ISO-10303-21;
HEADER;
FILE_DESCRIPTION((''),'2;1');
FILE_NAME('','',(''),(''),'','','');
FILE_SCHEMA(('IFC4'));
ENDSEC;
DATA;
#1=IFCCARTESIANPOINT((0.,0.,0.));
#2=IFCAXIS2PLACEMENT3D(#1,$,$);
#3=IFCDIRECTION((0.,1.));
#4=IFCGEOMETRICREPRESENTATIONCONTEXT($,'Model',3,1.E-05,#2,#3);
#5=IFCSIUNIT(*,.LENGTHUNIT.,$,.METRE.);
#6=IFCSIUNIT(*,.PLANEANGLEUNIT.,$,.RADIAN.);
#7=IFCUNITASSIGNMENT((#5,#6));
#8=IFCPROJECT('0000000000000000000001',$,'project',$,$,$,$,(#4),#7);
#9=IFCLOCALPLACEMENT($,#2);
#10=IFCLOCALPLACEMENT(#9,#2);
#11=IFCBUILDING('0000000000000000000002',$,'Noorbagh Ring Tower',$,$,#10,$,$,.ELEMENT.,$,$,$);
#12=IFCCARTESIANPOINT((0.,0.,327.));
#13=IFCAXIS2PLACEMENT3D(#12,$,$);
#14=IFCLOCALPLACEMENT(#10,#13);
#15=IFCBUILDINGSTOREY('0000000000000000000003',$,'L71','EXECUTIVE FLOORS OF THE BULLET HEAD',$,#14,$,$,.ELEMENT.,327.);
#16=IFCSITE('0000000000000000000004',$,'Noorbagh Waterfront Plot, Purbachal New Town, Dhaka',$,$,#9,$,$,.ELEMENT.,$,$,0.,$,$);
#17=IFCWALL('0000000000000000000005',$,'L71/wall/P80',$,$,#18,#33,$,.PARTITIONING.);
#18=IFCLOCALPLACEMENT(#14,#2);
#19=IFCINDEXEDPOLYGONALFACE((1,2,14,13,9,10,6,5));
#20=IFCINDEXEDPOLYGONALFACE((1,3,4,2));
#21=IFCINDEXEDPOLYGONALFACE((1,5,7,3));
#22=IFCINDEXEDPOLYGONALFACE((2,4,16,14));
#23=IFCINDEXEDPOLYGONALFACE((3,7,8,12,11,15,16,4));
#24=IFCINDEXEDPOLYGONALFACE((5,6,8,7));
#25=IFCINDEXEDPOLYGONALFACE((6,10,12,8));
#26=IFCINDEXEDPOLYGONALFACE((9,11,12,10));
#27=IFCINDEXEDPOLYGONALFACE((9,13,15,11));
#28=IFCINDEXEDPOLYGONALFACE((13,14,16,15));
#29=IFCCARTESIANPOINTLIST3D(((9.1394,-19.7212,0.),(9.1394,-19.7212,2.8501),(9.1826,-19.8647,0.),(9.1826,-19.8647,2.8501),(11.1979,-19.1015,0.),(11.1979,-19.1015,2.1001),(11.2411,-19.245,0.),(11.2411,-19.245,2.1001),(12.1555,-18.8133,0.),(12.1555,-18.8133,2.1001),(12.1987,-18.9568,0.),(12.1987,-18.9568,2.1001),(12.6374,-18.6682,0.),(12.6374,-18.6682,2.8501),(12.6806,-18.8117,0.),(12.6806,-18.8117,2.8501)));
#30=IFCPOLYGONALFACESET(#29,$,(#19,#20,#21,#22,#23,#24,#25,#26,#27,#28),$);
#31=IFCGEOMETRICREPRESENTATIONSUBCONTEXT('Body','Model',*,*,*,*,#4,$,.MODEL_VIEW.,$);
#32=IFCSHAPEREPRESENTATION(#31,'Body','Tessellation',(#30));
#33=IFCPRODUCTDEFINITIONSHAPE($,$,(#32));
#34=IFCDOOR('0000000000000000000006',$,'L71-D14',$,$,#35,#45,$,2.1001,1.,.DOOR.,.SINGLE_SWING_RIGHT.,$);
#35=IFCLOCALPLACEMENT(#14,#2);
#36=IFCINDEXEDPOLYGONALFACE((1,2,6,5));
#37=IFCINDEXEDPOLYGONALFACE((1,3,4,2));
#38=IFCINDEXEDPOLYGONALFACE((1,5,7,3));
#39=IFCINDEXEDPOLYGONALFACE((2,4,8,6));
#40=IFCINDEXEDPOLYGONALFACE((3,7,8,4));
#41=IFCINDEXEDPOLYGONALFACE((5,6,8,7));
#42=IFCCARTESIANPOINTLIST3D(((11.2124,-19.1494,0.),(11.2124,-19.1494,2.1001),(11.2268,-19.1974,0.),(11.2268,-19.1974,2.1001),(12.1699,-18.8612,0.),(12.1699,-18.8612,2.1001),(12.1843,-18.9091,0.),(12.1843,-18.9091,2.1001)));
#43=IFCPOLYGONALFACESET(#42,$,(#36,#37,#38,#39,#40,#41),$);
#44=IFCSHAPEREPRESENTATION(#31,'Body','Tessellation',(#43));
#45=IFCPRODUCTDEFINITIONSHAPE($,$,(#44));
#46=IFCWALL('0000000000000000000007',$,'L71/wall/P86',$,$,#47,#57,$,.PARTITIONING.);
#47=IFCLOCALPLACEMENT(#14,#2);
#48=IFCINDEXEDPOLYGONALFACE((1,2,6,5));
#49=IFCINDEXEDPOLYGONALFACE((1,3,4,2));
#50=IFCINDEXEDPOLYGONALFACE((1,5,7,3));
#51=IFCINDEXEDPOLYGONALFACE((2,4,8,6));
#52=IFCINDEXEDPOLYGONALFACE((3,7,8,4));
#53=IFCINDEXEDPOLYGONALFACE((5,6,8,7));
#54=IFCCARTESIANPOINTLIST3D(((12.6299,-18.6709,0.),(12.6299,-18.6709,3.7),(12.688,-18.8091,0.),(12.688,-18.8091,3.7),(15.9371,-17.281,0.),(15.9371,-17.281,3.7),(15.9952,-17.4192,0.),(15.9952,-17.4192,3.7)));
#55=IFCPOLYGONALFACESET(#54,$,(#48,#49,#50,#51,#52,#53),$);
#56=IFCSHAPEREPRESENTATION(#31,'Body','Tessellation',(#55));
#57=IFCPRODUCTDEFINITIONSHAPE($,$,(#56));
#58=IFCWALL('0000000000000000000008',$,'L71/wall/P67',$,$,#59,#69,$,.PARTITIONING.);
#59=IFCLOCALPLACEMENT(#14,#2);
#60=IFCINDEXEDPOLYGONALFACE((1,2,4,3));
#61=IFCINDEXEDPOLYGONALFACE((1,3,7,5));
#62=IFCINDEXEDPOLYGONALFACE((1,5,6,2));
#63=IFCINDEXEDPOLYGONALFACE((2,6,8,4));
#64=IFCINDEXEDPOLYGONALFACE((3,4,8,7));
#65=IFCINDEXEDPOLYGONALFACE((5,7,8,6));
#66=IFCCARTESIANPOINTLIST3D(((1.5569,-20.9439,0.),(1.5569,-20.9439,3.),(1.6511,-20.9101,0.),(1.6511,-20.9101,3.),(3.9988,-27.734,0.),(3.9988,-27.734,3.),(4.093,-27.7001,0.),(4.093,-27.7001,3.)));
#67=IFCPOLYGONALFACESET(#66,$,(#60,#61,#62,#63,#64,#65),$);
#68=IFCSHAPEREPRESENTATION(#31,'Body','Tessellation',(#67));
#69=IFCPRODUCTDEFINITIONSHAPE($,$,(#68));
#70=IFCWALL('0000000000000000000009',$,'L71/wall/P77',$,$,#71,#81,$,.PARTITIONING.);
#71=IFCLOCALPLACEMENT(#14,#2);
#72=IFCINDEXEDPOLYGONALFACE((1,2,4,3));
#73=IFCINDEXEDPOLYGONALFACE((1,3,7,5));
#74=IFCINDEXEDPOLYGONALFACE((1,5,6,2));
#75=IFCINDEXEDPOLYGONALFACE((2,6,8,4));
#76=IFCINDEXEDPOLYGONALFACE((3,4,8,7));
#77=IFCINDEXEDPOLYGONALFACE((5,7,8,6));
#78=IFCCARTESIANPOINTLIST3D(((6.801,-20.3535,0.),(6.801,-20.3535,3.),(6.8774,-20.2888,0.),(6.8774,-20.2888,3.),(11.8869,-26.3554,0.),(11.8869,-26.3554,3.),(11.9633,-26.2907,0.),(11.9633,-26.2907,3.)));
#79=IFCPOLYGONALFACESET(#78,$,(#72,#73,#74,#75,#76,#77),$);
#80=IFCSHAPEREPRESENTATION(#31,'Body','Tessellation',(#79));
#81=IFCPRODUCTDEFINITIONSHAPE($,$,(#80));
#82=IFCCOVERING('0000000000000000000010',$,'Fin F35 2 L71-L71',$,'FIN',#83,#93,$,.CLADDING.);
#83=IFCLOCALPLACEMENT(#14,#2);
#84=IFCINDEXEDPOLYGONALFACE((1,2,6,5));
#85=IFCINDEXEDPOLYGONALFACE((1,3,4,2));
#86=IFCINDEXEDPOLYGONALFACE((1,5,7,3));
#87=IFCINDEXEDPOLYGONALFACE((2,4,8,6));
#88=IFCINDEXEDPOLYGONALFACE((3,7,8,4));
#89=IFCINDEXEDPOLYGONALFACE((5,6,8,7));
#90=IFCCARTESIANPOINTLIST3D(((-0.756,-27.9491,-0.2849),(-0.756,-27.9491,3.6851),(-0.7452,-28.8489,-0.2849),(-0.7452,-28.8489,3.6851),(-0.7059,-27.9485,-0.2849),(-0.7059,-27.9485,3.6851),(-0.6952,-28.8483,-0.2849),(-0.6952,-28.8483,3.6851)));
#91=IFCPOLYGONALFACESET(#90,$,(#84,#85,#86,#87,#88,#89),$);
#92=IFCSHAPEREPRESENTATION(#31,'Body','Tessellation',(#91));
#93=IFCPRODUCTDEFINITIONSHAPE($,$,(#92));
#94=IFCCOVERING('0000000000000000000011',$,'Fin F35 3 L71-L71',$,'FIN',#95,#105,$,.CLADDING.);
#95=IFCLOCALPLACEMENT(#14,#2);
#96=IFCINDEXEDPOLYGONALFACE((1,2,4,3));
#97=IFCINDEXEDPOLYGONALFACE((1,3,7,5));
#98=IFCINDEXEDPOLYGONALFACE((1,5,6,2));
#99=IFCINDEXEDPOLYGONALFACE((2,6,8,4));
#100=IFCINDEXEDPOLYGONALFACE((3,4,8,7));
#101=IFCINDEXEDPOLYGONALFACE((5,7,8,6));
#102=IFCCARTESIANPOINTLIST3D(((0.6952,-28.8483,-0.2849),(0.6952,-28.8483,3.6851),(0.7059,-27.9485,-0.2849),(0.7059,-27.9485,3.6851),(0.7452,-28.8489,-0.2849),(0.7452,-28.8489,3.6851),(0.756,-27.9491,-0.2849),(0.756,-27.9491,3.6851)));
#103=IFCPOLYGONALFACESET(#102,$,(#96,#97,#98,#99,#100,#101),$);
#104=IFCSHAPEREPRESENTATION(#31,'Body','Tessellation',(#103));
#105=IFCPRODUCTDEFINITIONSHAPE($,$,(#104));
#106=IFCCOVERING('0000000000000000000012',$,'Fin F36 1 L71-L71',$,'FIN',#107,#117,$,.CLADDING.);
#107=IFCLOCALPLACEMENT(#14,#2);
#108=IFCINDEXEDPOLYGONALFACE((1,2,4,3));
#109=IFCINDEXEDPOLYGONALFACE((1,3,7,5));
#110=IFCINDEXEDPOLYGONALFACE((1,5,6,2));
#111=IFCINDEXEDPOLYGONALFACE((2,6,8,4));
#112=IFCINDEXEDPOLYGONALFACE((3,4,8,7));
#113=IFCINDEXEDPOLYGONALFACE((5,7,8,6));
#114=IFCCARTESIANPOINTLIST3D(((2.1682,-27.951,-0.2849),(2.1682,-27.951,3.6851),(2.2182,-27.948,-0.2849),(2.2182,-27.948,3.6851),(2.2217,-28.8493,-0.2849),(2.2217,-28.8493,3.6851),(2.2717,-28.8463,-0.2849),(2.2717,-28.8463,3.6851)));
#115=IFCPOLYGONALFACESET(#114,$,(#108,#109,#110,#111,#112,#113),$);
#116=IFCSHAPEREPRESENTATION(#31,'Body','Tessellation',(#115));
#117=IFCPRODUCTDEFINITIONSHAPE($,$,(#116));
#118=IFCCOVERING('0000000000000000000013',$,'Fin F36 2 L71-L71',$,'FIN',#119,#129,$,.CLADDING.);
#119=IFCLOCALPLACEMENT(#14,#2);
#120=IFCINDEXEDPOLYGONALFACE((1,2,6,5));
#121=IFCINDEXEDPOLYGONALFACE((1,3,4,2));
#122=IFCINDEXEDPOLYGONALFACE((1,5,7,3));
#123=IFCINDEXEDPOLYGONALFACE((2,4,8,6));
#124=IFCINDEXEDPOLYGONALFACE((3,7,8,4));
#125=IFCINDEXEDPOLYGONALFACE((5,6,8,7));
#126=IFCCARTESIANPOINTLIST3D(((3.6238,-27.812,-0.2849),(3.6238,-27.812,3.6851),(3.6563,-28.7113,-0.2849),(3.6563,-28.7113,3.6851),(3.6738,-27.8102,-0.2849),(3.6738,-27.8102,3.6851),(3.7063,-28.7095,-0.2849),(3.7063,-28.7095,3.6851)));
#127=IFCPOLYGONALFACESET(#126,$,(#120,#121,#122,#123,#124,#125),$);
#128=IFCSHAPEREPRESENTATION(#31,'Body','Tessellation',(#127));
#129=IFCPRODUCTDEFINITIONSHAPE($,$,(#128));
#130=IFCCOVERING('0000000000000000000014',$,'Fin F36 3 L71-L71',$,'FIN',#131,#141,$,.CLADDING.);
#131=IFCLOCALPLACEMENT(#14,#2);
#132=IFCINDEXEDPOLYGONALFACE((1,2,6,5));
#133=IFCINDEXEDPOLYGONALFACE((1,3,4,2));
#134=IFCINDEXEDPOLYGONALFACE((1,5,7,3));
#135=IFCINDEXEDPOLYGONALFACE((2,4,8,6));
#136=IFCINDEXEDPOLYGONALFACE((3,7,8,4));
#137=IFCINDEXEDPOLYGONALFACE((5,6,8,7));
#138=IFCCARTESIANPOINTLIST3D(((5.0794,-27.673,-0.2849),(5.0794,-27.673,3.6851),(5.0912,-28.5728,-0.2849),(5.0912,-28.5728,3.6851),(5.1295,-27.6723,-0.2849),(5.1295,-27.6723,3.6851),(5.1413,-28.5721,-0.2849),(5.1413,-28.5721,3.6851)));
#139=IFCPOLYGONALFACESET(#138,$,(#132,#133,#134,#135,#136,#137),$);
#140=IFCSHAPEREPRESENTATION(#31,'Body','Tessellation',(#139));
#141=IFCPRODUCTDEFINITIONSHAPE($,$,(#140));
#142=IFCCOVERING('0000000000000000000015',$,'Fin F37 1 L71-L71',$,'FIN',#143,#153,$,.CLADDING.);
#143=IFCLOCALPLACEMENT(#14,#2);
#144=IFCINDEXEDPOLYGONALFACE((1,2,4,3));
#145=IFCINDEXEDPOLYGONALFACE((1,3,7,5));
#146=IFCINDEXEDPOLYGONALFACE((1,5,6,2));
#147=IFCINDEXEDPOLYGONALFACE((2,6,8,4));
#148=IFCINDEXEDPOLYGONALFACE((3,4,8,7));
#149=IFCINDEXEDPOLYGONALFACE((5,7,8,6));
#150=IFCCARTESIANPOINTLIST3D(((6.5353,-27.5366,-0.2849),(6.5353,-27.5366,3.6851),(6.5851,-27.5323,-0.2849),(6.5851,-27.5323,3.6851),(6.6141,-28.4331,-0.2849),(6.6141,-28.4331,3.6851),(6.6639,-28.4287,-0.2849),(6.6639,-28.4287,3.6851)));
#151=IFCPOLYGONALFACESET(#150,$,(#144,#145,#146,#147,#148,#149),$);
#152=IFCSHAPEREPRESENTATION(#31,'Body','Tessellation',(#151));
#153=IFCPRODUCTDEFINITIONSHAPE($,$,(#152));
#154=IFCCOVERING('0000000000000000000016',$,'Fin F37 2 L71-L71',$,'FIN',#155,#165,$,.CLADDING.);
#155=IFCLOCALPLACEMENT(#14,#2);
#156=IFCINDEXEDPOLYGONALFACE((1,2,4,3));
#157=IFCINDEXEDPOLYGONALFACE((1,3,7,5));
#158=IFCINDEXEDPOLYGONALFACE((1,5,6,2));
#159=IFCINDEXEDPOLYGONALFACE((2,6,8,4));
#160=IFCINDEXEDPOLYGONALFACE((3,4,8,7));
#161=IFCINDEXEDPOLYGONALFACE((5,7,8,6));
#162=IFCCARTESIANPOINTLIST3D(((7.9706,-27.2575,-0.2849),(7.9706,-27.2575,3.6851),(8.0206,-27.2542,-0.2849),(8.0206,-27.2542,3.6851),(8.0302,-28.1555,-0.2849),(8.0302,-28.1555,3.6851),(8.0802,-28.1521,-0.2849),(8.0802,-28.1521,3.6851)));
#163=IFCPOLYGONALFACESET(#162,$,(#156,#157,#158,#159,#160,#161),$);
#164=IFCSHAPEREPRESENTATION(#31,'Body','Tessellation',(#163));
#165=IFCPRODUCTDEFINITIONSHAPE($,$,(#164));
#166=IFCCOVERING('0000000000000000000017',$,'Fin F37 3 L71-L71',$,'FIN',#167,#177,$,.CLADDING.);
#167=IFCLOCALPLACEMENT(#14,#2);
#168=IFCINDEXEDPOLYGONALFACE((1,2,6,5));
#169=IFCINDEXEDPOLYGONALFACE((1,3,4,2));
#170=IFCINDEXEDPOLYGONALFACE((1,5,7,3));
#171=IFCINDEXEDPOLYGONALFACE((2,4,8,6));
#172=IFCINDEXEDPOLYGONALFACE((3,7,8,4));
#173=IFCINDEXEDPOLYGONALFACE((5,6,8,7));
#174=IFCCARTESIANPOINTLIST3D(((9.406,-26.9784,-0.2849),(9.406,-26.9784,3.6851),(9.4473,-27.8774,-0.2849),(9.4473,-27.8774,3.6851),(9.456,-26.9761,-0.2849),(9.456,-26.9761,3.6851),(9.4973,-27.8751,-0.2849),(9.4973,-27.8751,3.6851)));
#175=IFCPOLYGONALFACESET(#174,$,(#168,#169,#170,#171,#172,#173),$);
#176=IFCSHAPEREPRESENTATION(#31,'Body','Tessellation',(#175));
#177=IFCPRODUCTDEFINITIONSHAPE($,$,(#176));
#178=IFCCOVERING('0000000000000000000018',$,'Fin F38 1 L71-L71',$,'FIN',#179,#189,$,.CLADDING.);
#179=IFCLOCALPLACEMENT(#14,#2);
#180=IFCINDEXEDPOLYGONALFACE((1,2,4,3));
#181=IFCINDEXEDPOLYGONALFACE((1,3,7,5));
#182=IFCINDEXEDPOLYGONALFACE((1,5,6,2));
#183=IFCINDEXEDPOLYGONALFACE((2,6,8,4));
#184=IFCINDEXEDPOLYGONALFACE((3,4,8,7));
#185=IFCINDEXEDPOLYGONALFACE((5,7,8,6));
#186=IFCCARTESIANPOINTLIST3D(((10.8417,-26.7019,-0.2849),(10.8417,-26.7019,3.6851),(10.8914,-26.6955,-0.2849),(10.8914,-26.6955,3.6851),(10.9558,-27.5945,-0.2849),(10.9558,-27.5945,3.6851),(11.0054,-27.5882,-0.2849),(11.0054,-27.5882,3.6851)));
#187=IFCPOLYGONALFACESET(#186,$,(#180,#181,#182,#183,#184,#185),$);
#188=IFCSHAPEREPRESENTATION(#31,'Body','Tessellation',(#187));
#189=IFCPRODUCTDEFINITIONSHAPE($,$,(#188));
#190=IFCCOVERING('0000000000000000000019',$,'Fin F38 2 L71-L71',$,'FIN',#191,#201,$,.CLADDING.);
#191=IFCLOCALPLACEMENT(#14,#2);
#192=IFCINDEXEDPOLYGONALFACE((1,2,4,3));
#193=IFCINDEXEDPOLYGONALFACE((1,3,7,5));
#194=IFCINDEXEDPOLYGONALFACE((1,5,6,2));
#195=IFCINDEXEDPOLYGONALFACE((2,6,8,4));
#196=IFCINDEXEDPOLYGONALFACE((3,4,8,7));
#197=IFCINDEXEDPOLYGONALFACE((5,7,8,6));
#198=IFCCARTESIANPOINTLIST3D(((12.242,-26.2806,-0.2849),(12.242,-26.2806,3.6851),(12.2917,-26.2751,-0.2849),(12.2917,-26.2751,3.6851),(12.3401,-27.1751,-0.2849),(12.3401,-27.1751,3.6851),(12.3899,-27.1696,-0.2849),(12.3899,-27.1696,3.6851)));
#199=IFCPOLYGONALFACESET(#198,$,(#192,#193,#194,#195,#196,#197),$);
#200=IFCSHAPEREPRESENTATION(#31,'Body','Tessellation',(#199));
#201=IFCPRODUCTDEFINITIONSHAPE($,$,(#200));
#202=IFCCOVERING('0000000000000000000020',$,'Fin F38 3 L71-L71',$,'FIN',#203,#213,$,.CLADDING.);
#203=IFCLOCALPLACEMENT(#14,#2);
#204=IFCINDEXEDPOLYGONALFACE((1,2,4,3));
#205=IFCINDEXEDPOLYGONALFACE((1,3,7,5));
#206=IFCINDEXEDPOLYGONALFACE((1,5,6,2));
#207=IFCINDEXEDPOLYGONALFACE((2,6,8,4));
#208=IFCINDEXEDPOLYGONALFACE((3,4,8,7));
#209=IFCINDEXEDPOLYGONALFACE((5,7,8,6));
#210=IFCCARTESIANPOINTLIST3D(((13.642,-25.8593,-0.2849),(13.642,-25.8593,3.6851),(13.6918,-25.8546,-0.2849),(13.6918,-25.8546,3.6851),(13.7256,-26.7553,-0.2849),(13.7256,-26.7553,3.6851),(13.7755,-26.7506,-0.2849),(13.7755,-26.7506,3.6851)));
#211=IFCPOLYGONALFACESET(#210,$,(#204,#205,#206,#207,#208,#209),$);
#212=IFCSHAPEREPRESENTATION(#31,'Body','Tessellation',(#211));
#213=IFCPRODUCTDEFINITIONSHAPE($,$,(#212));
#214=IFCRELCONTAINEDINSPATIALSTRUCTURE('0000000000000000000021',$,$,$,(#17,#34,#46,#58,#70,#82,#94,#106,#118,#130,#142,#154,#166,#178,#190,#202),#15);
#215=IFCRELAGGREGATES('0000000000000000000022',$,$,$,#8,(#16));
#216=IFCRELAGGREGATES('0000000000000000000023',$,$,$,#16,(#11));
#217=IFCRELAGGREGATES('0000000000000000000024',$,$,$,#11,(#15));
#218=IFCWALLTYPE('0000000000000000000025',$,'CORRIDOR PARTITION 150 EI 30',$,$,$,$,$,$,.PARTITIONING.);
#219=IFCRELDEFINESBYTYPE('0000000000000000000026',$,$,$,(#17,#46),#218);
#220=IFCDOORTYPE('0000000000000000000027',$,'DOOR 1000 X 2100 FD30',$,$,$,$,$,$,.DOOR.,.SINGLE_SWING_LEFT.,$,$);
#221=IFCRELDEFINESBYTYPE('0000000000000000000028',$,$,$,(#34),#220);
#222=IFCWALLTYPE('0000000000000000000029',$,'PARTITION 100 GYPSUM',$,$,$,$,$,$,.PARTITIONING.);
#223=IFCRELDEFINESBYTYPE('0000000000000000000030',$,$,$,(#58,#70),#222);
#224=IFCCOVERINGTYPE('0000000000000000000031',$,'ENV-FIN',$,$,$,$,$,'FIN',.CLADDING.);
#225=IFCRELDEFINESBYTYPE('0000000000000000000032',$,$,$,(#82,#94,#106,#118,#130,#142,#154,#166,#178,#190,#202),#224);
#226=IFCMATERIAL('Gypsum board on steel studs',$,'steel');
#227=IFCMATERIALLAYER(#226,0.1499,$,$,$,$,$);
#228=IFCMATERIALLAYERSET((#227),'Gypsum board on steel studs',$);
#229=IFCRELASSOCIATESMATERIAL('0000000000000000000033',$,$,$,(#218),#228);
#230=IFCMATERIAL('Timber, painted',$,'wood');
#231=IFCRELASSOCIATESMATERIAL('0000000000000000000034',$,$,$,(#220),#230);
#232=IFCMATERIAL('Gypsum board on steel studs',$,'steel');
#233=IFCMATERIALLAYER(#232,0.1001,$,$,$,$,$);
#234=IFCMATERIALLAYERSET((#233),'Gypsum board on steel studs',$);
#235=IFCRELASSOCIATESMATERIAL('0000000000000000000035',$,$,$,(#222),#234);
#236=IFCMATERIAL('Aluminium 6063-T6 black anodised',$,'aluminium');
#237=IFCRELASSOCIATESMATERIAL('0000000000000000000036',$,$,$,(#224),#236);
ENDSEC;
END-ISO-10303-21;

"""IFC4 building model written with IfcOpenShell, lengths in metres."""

from ifc_helpers import new_model, si_unit, direction, frame, frame_2d, origin, origin_2d, place, context, subcontext, project, spatial, rectangle, extrude, material, layer, layer_set, material_profile, profile_set, type_object, element, fill, save


model = new_model("IFC4")

# Units and contexts
model_context = context("Model", 3, precision=1e-05, world=origin(), true_north=direction((0.0, 1.0)))
body_context = subcontext(model_context, "Body", "Model", "MODEL_VIEW")
ifc_project = project(units=[si_unit("LENGTHUNIT", "METRE"), si_unit("PLANEANGLEUNIT", "RADIAN")], contexts=[model_context])

# Site, building, storey
site_placement = place(None, origin())
site = spatial("IfcSite", under=ifc_project, at=site_placement, Name="Noorbagh Waterfront Plot, Purbachal New Town, Dhaka", CompositionType="ELEMENT", RefElevation=0.0)
building_placement = place(site_placement, origin())
building = spatial("IfcBuilding", under=site, at=building_placement, Name="Noorbagh Ring Tower", CompositionType="ELEMENT")
storey_placement = place(building_placement, frame((0.0, 0.0, 327.0)))
storey = spatial("IfcBuildingStorey", under=building, at=storey_placement, Name="L71", Description="EXECUTIVE FLOORS OF THE BULLET HEAD", CompositionType="ELEMENT", Elevation=327.0)

# Shared definitions
ifc_material_1 = material(Name="Gypsum board on steel studs", Category="steel")
ifc_layer_1 = layer(ifc_material_1, 0.1499)
ifc_layer_set_1 = layer_set([ifc_layer_1], Name="Gypsum board on steel studs")
wall_type_1 = type_object("IfcWallType", Name="CORRIDOR PARTITION 150 EI 30", PredefinedType="PARTITIONING", material=ifc_layer_set_1)
ifc_material_2 = material(Name="Timber, painted", Category="wood")
door_type = type_object("IfcDoorType", Name="DOOR 1000 X 2100 FD30", OperationType="SINGLE_SWING_LEFT", PredefinedType="DOOR", material=ifc_material_2)

# Wall, opening, door
wall_1_placement = place(storey_placement, frame((9.1609, -19.793, 0.0), z_axis=(0.0, 0.0, 1.0), x_axis=(0.957557, 0.288243, 0.0)))
wall_1 = element("IfcWall", 1, at=wall_1_placement, inside=storey, type_object=wall_type_1, Name="L71/wall/P80", PredefinedType="PARTITIONING", context=body_context, shape_type="SweptSolid", body=[
    extrude(rectangle(XDim=3.6531, YDim=0.1499, at=frame_2d((1.8267, 0.0))), origin(), (0.0, 0.0, 1.0), 2.8501),
])
opening_1_placement = place(wall_1_placement, frame((2.1499, 0.0, 0.0)))
opening_1 = element("IfcOpeningElement", 2, at=opening_1_placement, cuts=wall_1, PredefinedType="OPENING", context=body_context, shape_type="SweptSolid", body=[
    extrude(rectangle(XDim=1.0, YDim=2.1001, at=frame_2d((0.5, 1.05))), frame((0.0, 0.085, 0.0), z_axis=(0.0, -1.0, 0.0), x_axis=(1.0, 0.0, 0.0)), (0.0, 0.0, 1.0), 0.1699),
])
door_1_placement = place(opening_1_placement, origin())
door_1 = element("IfcDoor", 3, at=door_1_placement, inside=storey, type_object=door_type, Name="L71-D14", OperationType="SINGLE_SWING_RIGHT", OverallHeight=2.1001, OverallWidth=1.0, PredefinedType="DOOR", context=body_context, shape_type="SweptSolid", body=[
    extrude(rectangle(XDim=1.0, YDim=2.1001, at=frame_2d((0.5, 1.05))), frame((0.0, 0.0249, 0.0), z_axis=(0.0, -1.0, 0.0), x_axis=(1.0, 0.0, 0.0)), (0.0, 0.0, 1.0), 0.05),
])
fill(opening_1, door_1)

# Walls
wall_2_placement = place(storey_placement, frame((12.6589, -18.74, 0.0), z_axis=(0.0, 0.0, 1.0), x_axis=(0.921893, 0.387445, 0.0)))
element("IfcWall", 4, at=wall_2_placement, inside=storey, type_object=wall_type_1, Name="L71/wall/P86", PredefinedType="PARTITIONING", context=body_context, shape_type="SweptSolid", body=[
    extrude(rectangle(XDim=3.5874, YDim=0.1499, at=frame_2d((1.7937, 0.0))), origin(), (0.0, 0.0, 1.0), 3.7),
])
ifc_material_3 = material(Name="Gypsum board on steel studs", Category="steel")
ifc_layer_2 = layer(ifc_material_3, 0.1001)
ifc_layer_set_2 = layer_set([ifc_layer_2], Name="Gypsum board on steel studs")
wall_type_2 = type_object("IfcWallType", Name="PARTITION 100 GYPSUM", PredefinedType="PARTITIONING", material=ifc_layer_set_2)
wall_3_placement = place(storey_placement, frame((1.604, -20.927, 0.0), z_axis=(0.0, 0.0, 1.0), x_axis=(0.33841, -0.940999, 0.0)))
element("IfcWall", 5, at=wall_3_placement, inside=storey, type_object=wall_type_2, Name="L71/wall/P67", PredefinedType="PARTITIONING", context=body_context, shape_type="SweptSolid", body=[
    extrude(rectangle(XDim=7.2158, YDim=0.1001, at=frame_2d((3.6079, 0.0))), origin(), (0.0, 0.0, 1.0), 3.0),
])
wall_4_placement = place(storey_placement, frame((6.8391, -20.321, 0.0), z_axis=(0.0, 0.0, 1.0), x_axis=(0.646487, -0.762925, 0.0)))
element("IfcWall", 6, at=wall_4_placement, inside=storey, type_object=wall_type_2, Name="L71/wall/P77", PredefinedType="PARTITIONING", context=body_context, shape_type="SweptSolid", body=[
    extrude(rectangle(XDim=7.8669, YDim=0.1001, at=frame_2d((3.9336, 0.0))), origin(), (0.0, 0.0, 1.0), 3.0),
])

# Coverings
ifc_material_4 = material(Name="Aluminium 6063-T6 black anodised", Category="aluminium")
ifc_material_profile_1 = material_profile(ifc_material_4, rectangle(XDim=0.8999, YDim=0.05, at=origin_2d()), Name="900x50")
ifc_profile_set_1 = profile_set([ifc_material_profile_1], Name="Aluminium 6063-T6 black anodised")
covering_type = type_object("IfcCoveringType", Name="ENV-FIN", ElementType="FIN", PredefinedType="CLADDING", material=ifc_profile_set_1)
for number, where, z_axis, x_axis, name in (
    (7, (-0.7256, -28.3987, -0.2849), (0.0, 0.0, 1.0), (0.011915, -0.999929, 0.0), "Fin F35 2 L71-L71"),
    (8, (0.7256, -28.3987, -0.2849), (0.0, 0.0, 1.0), (-0.011915, -0.999929, 0.0), "Fin F35 3 L71-L71"),
    (9, (2.22, -28.3987, -0.2849), (0.0, 0.0, 1.0), (0.059468, -0.99823, 0.0), "Fin F36 1 L71-L71"),
    (10, (3.665, -28.2607, -0.2849), (0.0, 0.0, 1.0), (0.036058, -0.99935, 0.0), "Fin F36 2 L71-L71"),
    (11, (5.1104, -28.1226, -0.2849), (0.0, 0.0, 1.0), (0.013118, -0.999914, 0.0), "Fin F36 3 L71-L71"),
    (12, (6.5996, -27.9827, -0.2849), (0.0, 0.0, 1.0), (0.087584, -0.996157, 0.0), "Fin F37 1 L71-L71"),
    (13, (8.0254, -27.7048, -0.2849), (0.0, 0.0, 1.0), (0.066245, -0.997803, 0.0), "Fin F37 2 L71-L71"),
    (14, (9.4517, -27.4268, -0.2849), (0.0, 0.0, 1.0), (0.045915, -0.998945, 0.0), "Fin F37 3 L71-L71"),
    (15, (10.9236, -27.145, -0.2849), (0.0, 0.0, 1.0), (0.126759, -0.991933, 0.0), "Fin F38 1 L71-L71"),
    (16, (12.3159, -26.7251, -0.2849), (0.0, 0.0, 1.0), (0.109101, -0.994031, 0.0), "Fin F38 2 L71-L71"),
    (17, (13.7087, -26.3049, -0.2849), (0.0, 0.0, 1.0), (0.092918, -0.995674, 0.0), "Fin F38 3 L71-L71"),
):
    element("IfcCovering", number, at=place(storey_placement, frame(where, z_axis=z_axis, x_axis=x_axis)), inside=storey, type_object=covering_type, Name=name, ObjectType="FIN", PredefinedType="CLADDING", context=body_context, shape_type="SweptSolid", body=[
        extrude(rectangle(XDim=0.8999, YDim=0.05, at=origin_2d()), origin(), (0.0, 0.0, 1.0), 3.97),
    ])

save(model, "model.ifc")
